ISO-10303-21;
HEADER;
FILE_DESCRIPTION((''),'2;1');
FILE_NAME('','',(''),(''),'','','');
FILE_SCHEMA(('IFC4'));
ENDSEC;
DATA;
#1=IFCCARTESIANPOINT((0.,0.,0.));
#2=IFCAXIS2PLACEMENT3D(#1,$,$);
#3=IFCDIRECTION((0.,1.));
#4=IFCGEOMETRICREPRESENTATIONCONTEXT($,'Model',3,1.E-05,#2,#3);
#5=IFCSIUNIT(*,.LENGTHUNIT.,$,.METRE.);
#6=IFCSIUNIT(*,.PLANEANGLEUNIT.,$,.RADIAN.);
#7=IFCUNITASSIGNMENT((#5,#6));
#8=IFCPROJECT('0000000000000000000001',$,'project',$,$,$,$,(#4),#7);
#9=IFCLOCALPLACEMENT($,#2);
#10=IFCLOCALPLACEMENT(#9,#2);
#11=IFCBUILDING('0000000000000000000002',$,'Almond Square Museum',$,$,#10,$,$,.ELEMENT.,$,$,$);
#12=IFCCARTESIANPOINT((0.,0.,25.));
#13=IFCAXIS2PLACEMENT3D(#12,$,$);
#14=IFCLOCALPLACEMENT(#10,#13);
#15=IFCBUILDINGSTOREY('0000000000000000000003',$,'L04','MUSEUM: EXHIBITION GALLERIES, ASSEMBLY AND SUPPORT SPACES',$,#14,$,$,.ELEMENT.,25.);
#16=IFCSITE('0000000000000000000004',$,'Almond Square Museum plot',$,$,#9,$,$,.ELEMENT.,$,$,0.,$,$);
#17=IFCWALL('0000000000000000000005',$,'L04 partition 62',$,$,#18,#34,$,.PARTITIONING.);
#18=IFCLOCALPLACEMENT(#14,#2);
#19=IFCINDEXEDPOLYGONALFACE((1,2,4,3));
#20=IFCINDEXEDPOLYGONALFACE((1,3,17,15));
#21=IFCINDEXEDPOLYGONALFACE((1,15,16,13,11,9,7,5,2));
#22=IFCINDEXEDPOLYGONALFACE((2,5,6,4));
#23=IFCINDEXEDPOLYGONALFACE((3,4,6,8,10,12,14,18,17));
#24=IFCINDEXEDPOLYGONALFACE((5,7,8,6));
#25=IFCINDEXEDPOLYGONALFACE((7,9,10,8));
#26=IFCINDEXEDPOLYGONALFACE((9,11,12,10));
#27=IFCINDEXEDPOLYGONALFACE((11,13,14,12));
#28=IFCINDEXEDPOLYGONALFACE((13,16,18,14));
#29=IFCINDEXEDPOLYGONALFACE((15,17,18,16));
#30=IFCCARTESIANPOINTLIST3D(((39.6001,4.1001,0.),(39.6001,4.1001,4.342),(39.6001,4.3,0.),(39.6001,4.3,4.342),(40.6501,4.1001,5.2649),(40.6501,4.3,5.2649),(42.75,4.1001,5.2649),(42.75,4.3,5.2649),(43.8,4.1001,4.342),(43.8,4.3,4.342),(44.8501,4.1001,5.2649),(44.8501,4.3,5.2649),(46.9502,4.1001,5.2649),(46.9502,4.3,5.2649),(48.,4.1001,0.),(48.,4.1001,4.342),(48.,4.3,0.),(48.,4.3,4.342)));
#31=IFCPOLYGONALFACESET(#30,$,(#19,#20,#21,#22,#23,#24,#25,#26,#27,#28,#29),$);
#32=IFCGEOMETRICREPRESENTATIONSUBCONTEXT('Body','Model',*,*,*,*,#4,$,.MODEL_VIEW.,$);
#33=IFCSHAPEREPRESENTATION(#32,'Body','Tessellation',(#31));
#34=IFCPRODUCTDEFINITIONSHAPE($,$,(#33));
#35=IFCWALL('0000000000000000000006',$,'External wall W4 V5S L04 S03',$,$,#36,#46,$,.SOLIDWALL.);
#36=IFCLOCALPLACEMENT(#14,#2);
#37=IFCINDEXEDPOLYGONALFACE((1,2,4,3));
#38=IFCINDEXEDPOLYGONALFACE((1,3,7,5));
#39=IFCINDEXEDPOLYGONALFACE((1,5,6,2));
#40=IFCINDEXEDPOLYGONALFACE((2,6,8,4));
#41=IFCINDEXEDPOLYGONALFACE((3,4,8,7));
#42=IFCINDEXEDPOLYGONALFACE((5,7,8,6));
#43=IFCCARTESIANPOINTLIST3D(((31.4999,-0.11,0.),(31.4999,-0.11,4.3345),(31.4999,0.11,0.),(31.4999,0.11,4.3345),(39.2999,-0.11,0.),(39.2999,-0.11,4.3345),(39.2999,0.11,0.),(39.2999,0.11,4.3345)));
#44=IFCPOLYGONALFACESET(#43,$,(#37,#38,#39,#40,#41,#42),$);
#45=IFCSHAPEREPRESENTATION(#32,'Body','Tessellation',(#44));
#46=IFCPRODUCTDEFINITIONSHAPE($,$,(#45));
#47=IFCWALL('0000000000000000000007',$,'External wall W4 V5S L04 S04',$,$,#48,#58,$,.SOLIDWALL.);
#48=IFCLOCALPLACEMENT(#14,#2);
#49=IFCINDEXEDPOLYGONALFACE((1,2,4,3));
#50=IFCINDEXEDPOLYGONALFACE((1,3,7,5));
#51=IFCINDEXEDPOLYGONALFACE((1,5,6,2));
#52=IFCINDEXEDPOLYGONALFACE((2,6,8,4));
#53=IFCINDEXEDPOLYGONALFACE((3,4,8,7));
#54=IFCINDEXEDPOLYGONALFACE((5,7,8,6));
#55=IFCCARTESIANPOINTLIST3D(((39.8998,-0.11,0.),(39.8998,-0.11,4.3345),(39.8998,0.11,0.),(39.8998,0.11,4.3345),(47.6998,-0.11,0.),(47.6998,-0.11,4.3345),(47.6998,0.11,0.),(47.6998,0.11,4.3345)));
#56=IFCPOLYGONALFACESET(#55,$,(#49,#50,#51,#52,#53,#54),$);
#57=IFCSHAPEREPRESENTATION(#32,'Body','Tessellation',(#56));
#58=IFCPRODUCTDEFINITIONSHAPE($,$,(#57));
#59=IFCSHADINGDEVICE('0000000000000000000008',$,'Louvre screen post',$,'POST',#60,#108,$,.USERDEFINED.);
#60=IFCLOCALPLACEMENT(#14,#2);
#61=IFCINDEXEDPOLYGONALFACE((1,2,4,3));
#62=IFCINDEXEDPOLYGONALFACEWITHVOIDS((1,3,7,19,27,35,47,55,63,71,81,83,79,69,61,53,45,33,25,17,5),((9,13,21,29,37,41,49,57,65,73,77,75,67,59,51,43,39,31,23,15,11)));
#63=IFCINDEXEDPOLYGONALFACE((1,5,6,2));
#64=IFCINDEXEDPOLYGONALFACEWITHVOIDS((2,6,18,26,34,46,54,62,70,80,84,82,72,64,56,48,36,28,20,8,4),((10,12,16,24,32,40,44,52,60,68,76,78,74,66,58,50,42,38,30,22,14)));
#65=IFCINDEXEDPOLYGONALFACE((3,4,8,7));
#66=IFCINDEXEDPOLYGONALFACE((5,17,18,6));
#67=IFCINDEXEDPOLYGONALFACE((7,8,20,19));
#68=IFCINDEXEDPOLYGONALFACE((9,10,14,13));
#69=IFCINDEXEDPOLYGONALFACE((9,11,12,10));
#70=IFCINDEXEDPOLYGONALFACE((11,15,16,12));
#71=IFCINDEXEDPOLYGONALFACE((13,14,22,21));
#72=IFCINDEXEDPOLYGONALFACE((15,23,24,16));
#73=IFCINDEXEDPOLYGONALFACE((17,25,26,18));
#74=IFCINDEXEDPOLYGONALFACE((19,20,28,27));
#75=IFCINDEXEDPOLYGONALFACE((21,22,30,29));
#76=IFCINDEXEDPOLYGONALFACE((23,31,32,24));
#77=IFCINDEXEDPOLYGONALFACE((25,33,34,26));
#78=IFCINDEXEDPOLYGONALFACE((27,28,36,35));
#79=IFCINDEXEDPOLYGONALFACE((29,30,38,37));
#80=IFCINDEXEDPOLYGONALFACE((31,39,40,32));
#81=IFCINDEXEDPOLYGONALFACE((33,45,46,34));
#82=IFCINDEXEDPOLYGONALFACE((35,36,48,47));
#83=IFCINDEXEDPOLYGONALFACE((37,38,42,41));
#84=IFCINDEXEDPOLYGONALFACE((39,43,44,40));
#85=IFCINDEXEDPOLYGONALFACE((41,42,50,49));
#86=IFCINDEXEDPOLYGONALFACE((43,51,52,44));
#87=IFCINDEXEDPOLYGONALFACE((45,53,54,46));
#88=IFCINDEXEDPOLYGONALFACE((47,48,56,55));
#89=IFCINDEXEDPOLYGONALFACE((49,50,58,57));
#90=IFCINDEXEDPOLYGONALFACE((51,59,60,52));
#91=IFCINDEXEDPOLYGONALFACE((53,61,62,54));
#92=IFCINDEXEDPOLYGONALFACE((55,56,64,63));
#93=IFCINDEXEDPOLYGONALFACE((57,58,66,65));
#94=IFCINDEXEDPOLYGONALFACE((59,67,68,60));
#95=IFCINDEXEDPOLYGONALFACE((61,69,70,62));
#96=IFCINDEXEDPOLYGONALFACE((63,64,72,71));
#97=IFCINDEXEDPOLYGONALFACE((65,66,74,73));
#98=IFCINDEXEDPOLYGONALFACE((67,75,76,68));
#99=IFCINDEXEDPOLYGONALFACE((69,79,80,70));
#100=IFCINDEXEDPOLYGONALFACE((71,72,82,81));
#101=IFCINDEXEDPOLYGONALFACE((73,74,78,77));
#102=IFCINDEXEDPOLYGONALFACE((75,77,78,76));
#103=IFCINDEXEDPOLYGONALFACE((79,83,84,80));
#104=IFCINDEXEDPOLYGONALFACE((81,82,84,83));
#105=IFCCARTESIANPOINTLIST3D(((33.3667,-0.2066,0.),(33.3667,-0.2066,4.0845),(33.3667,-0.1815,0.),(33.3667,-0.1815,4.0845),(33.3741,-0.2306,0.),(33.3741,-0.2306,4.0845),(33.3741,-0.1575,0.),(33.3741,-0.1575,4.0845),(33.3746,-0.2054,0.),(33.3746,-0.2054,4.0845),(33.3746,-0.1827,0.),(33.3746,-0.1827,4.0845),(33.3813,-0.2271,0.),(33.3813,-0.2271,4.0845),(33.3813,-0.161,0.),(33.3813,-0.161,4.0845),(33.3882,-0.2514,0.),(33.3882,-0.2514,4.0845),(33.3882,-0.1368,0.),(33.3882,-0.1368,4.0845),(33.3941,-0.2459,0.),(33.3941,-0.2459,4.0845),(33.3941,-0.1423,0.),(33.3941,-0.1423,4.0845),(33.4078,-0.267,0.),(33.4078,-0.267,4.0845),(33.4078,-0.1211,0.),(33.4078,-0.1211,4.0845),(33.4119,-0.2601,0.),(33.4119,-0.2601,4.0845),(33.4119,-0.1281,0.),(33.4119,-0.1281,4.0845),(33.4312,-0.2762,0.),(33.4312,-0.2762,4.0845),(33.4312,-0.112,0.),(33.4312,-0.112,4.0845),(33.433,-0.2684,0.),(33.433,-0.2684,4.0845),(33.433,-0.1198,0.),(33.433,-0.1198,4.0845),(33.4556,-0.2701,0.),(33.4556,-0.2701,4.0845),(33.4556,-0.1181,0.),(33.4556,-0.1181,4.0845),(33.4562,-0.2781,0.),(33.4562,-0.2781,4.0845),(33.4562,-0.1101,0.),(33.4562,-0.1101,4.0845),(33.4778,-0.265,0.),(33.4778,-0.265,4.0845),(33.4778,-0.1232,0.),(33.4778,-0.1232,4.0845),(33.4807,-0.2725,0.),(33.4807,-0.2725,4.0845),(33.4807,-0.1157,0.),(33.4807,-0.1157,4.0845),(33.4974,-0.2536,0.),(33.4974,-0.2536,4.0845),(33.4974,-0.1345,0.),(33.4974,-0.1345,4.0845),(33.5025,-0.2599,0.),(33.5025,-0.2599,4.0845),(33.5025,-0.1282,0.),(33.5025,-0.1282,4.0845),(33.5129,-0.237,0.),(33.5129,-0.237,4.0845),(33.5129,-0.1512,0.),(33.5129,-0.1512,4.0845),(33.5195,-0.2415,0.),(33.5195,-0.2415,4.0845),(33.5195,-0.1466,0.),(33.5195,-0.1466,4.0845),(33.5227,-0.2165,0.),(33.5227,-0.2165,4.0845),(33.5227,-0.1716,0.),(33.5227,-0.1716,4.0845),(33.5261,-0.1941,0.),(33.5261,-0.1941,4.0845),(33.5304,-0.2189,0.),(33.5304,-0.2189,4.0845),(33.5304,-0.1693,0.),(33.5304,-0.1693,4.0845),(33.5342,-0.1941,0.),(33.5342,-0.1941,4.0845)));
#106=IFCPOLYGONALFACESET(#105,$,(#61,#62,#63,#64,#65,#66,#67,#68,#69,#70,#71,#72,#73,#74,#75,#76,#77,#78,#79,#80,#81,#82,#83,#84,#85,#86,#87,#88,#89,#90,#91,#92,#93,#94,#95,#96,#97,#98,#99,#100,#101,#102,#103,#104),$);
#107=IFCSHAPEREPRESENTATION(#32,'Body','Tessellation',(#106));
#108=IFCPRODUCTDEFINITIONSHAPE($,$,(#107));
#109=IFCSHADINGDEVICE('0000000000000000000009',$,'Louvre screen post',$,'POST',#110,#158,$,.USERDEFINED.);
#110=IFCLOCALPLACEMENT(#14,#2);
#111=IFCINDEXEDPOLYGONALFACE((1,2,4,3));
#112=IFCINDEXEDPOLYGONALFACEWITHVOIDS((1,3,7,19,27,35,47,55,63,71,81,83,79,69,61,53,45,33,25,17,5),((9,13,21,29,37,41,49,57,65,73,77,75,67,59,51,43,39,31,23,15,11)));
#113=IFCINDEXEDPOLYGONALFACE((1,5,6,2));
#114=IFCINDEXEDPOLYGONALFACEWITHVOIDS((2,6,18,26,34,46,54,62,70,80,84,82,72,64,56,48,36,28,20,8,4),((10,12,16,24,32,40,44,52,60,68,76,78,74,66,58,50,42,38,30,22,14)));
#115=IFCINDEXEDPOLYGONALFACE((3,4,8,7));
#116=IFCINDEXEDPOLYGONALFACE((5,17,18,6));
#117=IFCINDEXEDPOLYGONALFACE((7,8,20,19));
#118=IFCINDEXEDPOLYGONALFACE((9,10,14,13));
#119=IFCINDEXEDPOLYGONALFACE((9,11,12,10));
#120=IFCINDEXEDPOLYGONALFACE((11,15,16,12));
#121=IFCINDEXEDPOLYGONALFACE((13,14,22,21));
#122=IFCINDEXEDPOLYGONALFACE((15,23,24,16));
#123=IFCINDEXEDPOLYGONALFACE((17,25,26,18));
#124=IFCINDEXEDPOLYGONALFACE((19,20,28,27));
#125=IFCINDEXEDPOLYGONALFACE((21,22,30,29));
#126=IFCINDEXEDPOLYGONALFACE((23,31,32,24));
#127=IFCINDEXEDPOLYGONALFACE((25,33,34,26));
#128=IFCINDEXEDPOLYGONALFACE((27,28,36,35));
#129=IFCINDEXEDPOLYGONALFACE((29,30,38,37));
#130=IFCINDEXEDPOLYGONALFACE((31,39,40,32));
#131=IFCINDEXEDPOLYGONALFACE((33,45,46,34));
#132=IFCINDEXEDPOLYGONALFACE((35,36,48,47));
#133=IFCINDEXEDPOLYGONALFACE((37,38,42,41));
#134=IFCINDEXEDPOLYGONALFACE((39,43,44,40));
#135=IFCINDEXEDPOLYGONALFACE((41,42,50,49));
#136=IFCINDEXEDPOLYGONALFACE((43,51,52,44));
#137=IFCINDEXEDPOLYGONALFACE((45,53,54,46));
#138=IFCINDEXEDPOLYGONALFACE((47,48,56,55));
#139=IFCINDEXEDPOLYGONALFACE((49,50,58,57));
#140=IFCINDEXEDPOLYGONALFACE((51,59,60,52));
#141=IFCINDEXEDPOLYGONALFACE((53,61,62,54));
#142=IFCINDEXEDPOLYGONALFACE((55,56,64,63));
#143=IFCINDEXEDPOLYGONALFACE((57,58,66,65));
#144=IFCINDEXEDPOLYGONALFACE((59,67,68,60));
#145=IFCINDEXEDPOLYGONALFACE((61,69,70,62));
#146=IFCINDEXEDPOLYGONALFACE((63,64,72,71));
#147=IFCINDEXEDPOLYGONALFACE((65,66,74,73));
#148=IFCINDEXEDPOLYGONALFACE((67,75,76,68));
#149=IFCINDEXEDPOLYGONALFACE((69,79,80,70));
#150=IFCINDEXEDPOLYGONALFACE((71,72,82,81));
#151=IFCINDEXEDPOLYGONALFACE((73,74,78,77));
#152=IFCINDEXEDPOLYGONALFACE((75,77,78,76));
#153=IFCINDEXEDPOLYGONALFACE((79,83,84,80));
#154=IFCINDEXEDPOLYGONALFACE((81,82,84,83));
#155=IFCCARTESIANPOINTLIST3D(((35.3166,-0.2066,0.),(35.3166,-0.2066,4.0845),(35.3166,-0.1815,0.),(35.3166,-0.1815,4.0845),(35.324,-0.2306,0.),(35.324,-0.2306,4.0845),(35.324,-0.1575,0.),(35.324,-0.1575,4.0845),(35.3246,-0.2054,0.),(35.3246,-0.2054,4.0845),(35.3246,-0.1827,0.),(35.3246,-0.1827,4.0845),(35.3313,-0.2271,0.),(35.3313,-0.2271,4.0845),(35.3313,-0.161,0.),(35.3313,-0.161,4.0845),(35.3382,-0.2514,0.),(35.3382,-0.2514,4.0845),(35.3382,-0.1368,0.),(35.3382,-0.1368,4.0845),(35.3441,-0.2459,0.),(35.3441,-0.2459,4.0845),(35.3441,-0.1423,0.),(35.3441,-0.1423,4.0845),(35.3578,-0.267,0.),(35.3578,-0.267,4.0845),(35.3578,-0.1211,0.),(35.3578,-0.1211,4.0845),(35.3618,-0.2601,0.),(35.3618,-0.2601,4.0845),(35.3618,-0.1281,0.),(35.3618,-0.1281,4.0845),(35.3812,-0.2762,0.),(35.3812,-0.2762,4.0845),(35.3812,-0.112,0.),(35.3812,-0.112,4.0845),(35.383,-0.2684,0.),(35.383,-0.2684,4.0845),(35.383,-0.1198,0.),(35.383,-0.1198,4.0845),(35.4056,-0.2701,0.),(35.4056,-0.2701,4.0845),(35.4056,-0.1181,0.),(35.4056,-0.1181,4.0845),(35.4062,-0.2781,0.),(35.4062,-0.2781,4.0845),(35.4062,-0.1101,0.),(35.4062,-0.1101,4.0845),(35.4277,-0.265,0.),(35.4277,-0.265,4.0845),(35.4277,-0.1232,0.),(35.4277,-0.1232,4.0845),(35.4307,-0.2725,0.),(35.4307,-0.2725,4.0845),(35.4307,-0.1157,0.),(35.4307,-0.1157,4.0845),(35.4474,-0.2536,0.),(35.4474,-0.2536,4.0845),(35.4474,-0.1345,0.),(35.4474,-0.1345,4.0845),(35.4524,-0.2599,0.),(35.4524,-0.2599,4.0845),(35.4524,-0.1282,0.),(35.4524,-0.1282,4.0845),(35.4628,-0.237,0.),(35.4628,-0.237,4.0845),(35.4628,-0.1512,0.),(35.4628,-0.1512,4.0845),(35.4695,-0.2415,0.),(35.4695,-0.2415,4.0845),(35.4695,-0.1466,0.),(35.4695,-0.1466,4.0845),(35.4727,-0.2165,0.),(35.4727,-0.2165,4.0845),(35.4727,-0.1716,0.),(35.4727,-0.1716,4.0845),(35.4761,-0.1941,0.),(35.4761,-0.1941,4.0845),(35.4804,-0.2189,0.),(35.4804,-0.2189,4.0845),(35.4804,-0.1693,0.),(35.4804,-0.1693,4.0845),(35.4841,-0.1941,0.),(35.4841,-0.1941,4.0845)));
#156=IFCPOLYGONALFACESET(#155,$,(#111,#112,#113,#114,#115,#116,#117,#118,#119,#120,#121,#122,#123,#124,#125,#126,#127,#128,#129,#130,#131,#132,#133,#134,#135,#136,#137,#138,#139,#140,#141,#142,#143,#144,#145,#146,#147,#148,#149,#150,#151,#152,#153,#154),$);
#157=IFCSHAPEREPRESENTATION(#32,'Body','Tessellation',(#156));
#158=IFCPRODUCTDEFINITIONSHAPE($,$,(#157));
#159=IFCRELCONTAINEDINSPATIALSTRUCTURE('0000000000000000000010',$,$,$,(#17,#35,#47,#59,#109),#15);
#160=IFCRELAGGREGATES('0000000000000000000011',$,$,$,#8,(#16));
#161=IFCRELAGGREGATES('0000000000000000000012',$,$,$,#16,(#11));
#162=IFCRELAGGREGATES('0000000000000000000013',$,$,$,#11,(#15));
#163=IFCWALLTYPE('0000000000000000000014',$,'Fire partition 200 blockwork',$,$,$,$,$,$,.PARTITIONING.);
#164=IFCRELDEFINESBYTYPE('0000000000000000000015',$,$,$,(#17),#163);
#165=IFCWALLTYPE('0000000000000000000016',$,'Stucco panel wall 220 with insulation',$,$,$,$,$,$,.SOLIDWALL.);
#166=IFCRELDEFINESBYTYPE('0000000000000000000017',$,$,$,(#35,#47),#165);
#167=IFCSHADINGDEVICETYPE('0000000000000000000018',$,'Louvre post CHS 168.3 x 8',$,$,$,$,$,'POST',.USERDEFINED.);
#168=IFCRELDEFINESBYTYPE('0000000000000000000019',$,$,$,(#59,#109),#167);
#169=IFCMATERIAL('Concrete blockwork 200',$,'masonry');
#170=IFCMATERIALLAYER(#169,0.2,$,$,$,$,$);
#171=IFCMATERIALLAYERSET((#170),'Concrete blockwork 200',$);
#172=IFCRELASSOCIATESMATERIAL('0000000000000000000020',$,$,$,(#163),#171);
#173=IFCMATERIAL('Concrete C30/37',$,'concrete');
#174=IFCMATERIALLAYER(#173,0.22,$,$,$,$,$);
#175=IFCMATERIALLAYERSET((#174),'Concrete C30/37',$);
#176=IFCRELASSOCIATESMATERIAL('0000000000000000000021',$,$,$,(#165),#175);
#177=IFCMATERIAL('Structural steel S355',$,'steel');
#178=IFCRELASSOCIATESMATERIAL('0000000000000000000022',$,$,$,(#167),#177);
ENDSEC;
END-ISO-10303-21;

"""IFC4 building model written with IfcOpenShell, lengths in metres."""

from ifc_helpers import new_model, si_unit, direction, frame, frame_2d, origin, origin_2d, place, context, subcontext, project, spatial, polyline, rectangle, hollow_circle, outline, extrude, material, layer, layer_set, material_profile, profile_set, type_object, element, save


model = new_model("IFC4")

# Units and contexts
model_context = context("Model", 3, precision=1e-05, world=origin(), true_north=direction((0.0, 1.0)))
body_context = subcontext(model_context, "Body", "Model", "MODEL_VIEW")
ifc_project = project(units=[si_unit("LENGTHUNIT", "METRE"), si_unit("PLANEANGLEUNIT", "RADIAN")], contexts=[model_context])

# Site, building, storey
site_placement = place(None, origin())
site = spatial("IfcSite", under=ifc_project, at=site_placement, Name="Almond Square Museum plot", CompositionType="ELEMENT", RefElevation=0.0)
building_placement = place(site_placement, origin())
building = spatial("IfcBuilding", under=site, at=building_placement, Name="Almond Square Museum", CompositionType="ELEMENT")
storey_placement = place(building_placement, frame((0.0, 0.0, 25.0)))
storey = spatial("IfcBuildingStorey", under=building, at=storey_placement, Name="L04", Description="MUSEUM: EXHIBITION GALLERIES, ASSEMBLY AND SUPPORT SPACES", CompositionType="ELEMENT", Elevation=25.0)

# Walls
ifc_material_1 = material(Name="Concrete blockwork 200", Category="masonry")
ifc_layer_1 = layer(ifc_material_1, 0.2)
ifc_layer_set_1 = layer_set([ifc_layer_1], Name="Concrete blockwork 200")
wall_type_1 = type_object("IfcWallType", Name="Fire partition 200 blockwork", PredefinedType="PARTITIONING", material=ifc_layer_set_1)
wall_1_placement = place(storey_placement, frame((39.6001, 4.2, 0.0), z_axis=(0.0, 0.0, 1.0), x_axis=(1.0, 0.0, 0.0)))
element("IfcWall", 1, at=wall_1_placement, inside=storey, type_object=wall_type_1, Name="L04 partition 62", PredefinedType="PARTITIONING", context=body_context, shape_type="SweptSolid", body=[
    extrude(outline(polyline([(0.0, 0.0), (8.3999, 0.0), (8.3999, 4.342), (7.3501, 5.2649), (5.25, 5.2649), (4.2, 4.342), (3.1499, 5.2649), (1.05, 5.2649), (0.0, 4.342), (0.0, 0.0)])), frame((0.0, 0.1001, 0.0), z_axis=(0.0, -1.0, 0.0), x_axis=(1.0, 0.0, 0.0)), (0.0, 0.0, 1.0), 0.2),
])
ifc_material_2 = material(Name="Concrete C30/37", Category="concrete")
ifc_layer_2 = layer(ifc_material_2, 0.22)
ifc_layer_set_2 = layer_set([ifc_layer_2], Name="Concrete C30/37")
wall_type_2 = type_object("IfcWallType", Name="Stucco panel wall 220 with insulation", PredefinedType="SOLIDWALL", material=ifc_layer_set_2)
for number, where, z_axis, x_axis, name in (
    (2, (31.5, 0.0, 0.0), (0.0, 0.0, 1.0), (1.0, 0.0, 0.0), "External wall W4 V5S L04 S03"),
    (3, (39.8999, 0.0, 0.0), (0.0, 0.0, 1.0), (1.0, 0.0, 0.0), "External wall W4 V5S L04 S04"),
):
    element("IfcWall", number, at=place(storey_placement, frame(where, z_axis=z_axis, x_axis=x_axis)), inside=storey, type_object=wall_type_2, Name=name, PredefinedType="SOLIDWALL", context=body_context, shape_type="SweptSolid", body=[
        extrude(rectangle(XDim=7.8, YDim=0.22, at=frame_2d((3.8999, 0.0))), origin(), (0.0, 0.0, 1.0), 4.3345),
    ])

# Shading devices
ifc_material_3 = material(Name="Structural steel S355", Category="steel")
ifc_material_profile_1 = material_profile(ifc_material_3, hollow_circle(Radius=0.0842, WallThickness=0.0081, at=origin_2d()))
ifc_profile_set_1 = profile_set([ifc_material_profile_1], Name="Structural steel S355")
shading_device_type = type_object("IfcShadingDeviceType", Name="Louvre post CHS 168.3 x 8", ElementType="POST", PredefinedType="USERDEFINED", material=ifc_profile_set_1)
for number, where, z_axis, x_axis, name in (
    (4, (33.45, -0.1941, 0.0), (0.0, 0.0, 1.0), (1.0, 0.0, 0.0), "Louvre screen post"),
    (5, (35.3999, -0.1941, 0.0), (0.0, 0.0, 1.0), (1.0, 0.0, 0.0), "Louvre screen post"),
):
    element("IfcShadingDevice", number, at=place(storey_placement, frame(where, z_axis=z_axis, x_axis=x_axis)), inside=storey, type_object=shading_device_type, Name=name, ObjectType="POST", PredefinedType="USERDEFINED", context=body_context, shape_type="SweptSolid", body=[
        extrude(hollow_circle(Radius=0.0842, WallThickness=0.0081, at=origin_2d()), origin(), (0.0, 0.0, 1.0), 4.0845),
    ])

save(model, "model.ifc")
